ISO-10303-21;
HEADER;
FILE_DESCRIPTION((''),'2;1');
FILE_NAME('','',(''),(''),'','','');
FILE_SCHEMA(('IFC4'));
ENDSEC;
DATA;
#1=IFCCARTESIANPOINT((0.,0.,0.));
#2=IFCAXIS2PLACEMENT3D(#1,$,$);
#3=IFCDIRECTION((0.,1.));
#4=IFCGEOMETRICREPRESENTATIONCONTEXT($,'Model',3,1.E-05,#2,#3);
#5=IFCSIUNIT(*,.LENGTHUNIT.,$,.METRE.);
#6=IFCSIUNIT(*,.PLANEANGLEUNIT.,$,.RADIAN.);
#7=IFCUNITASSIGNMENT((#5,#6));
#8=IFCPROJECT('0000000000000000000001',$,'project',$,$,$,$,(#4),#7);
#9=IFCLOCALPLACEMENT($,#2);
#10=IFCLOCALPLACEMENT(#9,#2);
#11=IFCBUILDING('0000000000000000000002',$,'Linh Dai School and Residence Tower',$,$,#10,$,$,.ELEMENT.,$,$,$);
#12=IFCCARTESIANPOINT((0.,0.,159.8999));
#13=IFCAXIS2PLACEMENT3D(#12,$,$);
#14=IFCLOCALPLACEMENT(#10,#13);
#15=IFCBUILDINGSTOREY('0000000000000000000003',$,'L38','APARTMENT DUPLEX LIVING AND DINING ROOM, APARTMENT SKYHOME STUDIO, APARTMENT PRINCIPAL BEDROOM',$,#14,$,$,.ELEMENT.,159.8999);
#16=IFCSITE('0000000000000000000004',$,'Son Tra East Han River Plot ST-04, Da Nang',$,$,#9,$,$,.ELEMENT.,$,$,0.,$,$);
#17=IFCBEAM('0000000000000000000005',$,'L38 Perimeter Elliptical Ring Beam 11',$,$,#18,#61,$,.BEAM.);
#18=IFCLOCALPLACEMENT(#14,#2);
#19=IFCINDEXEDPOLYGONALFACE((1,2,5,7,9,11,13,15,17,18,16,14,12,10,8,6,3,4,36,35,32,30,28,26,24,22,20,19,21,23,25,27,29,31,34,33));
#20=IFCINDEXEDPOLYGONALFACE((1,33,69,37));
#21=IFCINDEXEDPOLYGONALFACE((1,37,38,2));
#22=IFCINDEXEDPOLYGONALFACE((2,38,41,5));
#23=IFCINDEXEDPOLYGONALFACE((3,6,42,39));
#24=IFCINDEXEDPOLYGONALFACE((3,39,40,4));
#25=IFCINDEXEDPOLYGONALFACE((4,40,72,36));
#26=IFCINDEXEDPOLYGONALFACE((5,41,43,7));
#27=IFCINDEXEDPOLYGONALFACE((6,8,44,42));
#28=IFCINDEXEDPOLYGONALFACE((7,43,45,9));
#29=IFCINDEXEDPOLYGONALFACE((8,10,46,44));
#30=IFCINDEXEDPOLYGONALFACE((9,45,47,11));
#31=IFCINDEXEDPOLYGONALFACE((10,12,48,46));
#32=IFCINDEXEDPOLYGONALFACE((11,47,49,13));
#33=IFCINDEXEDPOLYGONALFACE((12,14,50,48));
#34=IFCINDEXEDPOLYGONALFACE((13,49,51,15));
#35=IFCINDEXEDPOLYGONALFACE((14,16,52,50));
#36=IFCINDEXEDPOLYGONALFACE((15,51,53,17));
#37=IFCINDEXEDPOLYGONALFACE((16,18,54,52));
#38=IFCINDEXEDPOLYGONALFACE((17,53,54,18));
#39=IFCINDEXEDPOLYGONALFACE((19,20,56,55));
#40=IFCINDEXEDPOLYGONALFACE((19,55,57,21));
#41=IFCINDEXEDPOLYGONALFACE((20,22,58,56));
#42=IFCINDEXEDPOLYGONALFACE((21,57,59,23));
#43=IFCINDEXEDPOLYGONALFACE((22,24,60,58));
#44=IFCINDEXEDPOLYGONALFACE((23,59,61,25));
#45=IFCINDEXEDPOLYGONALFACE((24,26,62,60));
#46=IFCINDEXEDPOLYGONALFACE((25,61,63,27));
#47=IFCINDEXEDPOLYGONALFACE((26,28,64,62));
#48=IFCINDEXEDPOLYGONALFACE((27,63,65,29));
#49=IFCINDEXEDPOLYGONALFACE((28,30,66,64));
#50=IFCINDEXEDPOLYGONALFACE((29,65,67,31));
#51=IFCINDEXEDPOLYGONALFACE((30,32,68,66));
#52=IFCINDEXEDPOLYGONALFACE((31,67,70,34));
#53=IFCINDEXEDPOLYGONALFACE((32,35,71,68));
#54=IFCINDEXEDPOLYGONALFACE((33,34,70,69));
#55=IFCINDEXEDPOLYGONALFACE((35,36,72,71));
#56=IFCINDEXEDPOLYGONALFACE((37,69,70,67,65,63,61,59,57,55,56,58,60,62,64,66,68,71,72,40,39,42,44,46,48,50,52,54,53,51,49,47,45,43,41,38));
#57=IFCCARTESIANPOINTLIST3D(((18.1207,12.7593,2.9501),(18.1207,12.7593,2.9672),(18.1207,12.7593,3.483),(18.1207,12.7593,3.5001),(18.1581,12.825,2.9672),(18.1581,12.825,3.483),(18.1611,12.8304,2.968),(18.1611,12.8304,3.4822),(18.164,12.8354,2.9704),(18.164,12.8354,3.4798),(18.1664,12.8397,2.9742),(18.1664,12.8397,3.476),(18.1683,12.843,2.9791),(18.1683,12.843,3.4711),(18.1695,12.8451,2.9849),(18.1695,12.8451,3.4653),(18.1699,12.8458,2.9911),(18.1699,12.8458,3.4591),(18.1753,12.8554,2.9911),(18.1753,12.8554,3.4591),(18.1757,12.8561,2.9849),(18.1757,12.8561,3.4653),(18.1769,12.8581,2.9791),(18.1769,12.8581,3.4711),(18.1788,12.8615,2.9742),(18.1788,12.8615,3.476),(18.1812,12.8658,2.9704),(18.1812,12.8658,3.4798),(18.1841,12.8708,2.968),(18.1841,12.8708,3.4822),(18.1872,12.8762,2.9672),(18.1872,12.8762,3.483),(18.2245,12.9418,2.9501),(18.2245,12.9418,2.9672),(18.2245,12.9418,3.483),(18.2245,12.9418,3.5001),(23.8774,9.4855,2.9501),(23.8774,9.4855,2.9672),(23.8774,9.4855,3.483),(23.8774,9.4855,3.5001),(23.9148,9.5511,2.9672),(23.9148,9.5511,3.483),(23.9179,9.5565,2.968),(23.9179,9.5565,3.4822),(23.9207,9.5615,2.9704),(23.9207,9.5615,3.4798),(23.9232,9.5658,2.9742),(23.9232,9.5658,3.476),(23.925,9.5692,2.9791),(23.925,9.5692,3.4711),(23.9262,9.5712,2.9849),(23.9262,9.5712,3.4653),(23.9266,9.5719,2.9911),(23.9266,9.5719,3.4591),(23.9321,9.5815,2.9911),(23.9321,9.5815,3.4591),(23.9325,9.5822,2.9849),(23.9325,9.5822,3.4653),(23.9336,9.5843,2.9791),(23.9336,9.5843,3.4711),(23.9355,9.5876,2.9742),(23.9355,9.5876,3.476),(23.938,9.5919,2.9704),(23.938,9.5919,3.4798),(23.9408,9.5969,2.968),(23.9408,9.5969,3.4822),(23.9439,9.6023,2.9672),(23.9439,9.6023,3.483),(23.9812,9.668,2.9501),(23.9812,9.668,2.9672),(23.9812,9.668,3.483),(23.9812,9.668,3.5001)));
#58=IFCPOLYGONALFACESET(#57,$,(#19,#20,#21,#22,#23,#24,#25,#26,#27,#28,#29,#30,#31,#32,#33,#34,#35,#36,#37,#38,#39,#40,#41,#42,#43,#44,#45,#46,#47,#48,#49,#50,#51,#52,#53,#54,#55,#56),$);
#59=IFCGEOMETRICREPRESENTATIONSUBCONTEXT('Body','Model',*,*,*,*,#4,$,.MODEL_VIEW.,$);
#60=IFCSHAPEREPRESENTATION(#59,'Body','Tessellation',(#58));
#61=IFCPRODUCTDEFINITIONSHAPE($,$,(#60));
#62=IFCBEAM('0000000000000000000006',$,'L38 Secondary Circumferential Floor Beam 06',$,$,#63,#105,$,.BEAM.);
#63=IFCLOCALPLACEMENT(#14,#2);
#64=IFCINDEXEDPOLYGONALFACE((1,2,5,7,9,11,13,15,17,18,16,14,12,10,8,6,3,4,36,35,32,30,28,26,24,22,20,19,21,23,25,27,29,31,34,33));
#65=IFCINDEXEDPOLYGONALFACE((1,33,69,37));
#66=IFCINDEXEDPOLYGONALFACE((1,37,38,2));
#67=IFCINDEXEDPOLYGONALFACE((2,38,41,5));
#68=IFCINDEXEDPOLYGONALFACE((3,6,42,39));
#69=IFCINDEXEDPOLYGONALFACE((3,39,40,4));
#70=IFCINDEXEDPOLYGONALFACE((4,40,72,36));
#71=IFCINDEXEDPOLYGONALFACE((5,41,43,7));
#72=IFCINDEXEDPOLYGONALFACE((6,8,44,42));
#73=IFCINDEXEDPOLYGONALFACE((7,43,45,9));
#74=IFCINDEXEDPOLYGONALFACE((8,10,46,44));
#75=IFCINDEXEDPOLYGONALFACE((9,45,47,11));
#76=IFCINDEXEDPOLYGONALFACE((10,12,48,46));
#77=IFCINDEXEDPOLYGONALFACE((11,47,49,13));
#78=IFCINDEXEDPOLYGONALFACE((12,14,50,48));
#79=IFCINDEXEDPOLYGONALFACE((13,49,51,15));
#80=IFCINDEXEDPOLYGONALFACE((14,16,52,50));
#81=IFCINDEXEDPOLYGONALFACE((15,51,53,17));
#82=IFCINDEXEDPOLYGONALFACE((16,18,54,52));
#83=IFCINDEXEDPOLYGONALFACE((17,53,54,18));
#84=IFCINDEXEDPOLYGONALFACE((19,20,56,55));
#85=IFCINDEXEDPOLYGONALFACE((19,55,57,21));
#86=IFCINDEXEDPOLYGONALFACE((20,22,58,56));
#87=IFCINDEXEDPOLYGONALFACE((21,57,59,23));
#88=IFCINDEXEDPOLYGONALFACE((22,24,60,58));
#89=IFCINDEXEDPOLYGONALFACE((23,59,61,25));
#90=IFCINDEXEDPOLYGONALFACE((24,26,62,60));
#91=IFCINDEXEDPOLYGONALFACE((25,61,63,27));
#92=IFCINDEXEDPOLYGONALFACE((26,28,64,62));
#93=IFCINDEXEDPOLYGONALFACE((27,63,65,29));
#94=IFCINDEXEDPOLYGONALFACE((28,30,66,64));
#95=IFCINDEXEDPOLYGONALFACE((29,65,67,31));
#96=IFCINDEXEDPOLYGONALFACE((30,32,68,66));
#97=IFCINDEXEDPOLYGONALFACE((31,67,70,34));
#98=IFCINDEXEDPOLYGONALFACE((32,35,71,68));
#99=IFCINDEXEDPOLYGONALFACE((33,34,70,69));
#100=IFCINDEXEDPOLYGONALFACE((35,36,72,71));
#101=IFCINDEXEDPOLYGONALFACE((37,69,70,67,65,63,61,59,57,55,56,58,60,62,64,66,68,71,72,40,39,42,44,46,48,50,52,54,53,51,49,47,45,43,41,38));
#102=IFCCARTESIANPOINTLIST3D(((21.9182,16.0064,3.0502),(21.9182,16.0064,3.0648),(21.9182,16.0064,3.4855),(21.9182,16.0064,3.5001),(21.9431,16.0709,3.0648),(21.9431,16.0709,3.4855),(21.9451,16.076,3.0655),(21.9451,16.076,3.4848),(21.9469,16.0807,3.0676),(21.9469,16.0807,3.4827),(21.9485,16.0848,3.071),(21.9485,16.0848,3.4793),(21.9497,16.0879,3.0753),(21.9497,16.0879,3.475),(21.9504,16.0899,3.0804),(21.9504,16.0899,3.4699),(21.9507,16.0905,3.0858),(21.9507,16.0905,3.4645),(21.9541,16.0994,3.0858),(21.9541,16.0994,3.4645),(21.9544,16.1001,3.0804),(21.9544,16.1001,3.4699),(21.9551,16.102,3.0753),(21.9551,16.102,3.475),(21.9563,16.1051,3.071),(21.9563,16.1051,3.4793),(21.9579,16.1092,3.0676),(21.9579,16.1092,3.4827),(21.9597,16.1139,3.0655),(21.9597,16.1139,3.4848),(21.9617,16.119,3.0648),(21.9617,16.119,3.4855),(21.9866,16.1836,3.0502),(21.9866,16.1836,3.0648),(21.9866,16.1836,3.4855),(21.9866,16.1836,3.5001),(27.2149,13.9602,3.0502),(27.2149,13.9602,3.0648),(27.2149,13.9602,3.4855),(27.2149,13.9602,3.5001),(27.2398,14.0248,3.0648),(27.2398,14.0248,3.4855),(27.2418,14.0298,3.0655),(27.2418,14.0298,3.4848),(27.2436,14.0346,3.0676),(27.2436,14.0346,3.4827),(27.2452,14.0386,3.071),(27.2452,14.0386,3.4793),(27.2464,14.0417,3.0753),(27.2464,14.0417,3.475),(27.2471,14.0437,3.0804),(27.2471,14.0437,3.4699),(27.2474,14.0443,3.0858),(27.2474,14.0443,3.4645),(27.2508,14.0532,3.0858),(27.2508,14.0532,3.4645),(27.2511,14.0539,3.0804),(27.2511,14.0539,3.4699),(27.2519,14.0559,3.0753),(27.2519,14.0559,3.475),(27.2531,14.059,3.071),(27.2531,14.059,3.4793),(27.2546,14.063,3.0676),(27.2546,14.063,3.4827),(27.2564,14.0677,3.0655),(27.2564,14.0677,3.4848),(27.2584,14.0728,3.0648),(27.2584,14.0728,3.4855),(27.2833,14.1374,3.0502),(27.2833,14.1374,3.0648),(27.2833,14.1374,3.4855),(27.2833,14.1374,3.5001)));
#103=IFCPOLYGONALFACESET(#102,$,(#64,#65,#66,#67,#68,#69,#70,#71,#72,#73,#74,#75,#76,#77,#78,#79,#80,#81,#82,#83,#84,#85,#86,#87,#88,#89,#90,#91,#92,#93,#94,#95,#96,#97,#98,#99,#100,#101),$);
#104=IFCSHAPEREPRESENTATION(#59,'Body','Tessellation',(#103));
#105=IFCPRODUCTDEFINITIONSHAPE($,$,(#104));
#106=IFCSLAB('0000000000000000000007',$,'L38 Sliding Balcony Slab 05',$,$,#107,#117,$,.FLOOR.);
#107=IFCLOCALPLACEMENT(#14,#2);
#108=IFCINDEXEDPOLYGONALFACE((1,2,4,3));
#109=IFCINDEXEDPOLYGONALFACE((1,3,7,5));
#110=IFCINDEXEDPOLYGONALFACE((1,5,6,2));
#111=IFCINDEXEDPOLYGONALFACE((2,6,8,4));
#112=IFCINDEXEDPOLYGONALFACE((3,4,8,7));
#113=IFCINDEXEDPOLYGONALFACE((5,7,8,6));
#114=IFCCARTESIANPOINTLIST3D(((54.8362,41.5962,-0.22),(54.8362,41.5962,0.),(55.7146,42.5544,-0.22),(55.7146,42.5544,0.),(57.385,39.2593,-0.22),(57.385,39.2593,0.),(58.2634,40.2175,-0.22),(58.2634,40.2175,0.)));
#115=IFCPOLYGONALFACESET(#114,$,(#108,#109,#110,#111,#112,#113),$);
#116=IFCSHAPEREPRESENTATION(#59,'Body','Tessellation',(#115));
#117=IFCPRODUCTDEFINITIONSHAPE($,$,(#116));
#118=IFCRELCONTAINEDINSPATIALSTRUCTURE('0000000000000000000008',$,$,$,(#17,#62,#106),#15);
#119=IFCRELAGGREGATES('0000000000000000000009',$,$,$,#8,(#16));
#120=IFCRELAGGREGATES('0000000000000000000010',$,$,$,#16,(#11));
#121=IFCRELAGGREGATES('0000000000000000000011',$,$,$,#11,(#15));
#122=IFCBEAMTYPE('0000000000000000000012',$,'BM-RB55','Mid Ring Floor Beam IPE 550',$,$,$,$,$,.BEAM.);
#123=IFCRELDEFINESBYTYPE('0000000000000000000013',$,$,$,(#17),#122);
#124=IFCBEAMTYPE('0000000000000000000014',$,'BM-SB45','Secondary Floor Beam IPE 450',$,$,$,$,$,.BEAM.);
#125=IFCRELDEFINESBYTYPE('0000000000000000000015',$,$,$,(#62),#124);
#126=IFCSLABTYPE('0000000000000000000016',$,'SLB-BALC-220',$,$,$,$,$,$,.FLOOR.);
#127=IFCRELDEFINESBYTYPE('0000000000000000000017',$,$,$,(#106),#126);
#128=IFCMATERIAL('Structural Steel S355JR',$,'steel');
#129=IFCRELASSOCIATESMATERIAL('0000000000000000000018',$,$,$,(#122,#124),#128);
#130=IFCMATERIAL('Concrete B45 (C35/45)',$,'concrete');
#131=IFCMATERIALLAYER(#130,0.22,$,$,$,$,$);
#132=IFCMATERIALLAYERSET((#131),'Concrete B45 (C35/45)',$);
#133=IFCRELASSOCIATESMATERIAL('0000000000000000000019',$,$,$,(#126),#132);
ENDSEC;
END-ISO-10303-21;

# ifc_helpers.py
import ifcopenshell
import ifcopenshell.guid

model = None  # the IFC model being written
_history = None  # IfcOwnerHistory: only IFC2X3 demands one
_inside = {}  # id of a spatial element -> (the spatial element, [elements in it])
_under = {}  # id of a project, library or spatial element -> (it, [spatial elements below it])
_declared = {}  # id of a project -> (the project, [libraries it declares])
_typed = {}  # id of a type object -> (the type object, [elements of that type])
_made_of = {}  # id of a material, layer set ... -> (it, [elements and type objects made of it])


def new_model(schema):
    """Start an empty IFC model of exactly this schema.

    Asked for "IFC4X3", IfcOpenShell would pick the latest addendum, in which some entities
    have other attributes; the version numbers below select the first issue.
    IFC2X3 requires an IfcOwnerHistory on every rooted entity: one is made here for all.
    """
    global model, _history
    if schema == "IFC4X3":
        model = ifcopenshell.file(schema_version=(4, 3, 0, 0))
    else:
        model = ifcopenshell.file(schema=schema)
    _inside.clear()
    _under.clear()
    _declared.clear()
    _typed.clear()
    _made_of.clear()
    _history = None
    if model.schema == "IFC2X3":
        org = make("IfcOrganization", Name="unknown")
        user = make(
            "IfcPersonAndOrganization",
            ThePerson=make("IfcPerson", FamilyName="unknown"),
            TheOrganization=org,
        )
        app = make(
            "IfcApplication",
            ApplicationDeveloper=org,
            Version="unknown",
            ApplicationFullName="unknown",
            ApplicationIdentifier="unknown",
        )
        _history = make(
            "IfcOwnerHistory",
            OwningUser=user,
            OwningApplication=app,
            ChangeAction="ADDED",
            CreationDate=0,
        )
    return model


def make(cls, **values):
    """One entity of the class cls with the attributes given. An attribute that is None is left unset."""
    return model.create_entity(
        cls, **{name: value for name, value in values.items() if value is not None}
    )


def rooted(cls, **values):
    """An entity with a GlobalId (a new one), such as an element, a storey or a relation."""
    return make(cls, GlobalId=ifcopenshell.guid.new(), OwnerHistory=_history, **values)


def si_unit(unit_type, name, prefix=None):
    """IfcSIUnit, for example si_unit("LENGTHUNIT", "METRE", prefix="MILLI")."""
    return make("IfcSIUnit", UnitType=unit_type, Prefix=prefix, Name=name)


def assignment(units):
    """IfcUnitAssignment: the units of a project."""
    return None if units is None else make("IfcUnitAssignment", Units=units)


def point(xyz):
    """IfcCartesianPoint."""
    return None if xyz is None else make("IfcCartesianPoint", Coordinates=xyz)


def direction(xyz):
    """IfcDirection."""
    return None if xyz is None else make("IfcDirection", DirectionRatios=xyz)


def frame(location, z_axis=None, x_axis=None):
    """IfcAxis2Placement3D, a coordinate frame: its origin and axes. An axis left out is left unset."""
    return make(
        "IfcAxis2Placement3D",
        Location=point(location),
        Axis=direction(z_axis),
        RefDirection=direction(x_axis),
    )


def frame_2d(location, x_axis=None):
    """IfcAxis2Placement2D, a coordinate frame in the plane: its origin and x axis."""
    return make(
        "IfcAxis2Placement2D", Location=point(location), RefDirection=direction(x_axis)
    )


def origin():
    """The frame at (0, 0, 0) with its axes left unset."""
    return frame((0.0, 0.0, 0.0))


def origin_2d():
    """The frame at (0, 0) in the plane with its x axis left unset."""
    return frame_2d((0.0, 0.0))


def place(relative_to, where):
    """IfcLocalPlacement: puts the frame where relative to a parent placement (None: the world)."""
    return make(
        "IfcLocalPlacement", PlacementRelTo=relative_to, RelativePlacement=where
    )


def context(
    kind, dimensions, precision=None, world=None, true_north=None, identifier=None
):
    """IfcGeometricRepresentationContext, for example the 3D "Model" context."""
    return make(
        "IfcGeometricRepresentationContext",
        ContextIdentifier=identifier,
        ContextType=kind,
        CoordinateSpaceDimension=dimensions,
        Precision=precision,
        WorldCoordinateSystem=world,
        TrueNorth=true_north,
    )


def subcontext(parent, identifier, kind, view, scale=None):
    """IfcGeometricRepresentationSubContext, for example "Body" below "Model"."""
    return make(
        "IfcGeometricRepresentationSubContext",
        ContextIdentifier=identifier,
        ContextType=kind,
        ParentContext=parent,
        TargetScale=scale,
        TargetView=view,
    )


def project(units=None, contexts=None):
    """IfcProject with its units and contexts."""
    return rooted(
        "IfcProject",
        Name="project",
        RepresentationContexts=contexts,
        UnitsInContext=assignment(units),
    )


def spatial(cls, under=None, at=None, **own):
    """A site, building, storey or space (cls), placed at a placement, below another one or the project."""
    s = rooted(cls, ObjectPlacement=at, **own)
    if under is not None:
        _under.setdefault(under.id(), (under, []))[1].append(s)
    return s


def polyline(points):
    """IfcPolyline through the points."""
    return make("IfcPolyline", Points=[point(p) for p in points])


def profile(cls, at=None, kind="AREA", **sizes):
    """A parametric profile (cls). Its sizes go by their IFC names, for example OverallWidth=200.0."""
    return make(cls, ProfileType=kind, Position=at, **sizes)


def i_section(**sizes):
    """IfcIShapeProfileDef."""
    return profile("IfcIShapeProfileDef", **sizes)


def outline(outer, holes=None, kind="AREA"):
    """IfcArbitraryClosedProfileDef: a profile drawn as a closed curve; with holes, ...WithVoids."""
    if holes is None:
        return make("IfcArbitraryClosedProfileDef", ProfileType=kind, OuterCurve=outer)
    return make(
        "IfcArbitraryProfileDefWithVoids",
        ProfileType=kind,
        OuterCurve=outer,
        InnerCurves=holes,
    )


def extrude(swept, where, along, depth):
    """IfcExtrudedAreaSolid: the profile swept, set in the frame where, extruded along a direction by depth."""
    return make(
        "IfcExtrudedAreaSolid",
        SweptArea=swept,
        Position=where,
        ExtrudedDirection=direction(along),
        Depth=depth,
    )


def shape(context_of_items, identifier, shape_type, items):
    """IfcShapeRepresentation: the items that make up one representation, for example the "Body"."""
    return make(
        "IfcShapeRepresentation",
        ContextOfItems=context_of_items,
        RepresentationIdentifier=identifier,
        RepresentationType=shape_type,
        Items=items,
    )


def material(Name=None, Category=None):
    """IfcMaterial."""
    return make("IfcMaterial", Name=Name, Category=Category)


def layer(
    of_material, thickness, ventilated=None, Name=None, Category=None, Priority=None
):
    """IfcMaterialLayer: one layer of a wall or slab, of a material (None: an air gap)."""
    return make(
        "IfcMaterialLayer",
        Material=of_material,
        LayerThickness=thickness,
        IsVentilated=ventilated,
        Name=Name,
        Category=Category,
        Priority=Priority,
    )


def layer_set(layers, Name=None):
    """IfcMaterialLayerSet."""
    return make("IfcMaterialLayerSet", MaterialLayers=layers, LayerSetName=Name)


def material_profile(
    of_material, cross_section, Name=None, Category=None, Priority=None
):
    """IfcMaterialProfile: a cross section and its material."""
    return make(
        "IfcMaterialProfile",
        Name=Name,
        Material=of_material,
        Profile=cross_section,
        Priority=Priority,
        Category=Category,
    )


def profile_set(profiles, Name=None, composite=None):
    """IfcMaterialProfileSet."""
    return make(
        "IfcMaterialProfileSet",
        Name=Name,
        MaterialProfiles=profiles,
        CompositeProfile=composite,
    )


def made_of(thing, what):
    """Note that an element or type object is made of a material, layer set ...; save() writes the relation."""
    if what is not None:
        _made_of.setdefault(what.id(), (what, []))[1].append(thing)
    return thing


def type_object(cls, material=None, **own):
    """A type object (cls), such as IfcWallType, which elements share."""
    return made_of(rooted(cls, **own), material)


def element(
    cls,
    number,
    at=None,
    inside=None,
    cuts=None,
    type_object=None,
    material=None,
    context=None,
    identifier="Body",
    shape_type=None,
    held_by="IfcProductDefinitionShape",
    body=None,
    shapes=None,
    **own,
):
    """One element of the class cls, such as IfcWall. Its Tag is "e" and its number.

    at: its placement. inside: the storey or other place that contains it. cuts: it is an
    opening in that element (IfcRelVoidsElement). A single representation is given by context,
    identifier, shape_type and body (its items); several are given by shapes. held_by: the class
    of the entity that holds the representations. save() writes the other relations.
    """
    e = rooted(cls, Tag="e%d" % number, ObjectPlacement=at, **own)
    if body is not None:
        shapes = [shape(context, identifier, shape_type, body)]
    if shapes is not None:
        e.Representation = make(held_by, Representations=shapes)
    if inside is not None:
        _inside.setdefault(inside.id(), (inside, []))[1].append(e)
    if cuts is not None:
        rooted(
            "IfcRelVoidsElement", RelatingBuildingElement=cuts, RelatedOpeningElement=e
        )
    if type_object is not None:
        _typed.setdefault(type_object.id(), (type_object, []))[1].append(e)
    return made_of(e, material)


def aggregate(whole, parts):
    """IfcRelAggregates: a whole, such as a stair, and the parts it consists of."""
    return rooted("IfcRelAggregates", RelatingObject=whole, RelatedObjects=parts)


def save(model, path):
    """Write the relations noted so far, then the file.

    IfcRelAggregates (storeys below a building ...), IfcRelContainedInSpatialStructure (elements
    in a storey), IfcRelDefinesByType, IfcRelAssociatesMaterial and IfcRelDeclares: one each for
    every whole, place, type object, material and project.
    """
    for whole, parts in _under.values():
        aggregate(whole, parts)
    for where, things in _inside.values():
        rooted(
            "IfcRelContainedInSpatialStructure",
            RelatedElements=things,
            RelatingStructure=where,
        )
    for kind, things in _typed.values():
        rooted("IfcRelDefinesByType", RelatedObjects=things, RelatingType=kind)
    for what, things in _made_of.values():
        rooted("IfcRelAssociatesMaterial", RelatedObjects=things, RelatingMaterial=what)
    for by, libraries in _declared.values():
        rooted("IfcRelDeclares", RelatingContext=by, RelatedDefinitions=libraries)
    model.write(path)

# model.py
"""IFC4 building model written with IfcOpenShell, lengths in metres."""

from ifc_helpers import new_model, si_unit, direction, frame, origin, origin_2d, place, context, subcontext, project, spatial, polyline, i_section, outline, extrude, material, layer, layer_set, material_profile, profile_set, type_object, element, save


model = new_model("IFC4")

# Units and contexts
model_context = context("Model", 3, precision=1e-05, world=origin(), true_north=direction((0.0, 1.0)))
body_context = subcontext(model_context, "Body", "Model", "MODEL_VIEW")
ifc_project = project(units=[si_unit("LENGTHUNIT", "METRE"), si_unit("PLANEANGLEUNIT", "RADIAN")], contexts=[model_context])

# Site, building, storey
site_placement = place(None, origin())
site = spatial("IfcSite", under=ifc_project, at=site_placement, Name="Son Tra East Han River Plot ST-04, Da Nang", CompositionType="ELEMENT", RefElevation=0.0)
building_placement = place(site_placement, origin())
building = spatial("IfcBuilding", under=site, at=building_placement, Name="Linh Dai School and Residence Tower", CompositionType="ELEMENT")
storey_placement = place(building_placement, frame((0.0, 0.0, 159.8999)))
storey = spatial("IfcBuildingStorey", under=building, at=storey_placement, Name="L38", Description="APARTMENT DUPLEX LIVING AND DINING ROOM, APARTMENT SKYHOME STUDIO, APARTMENT PRINCIPAL BEDROOM", CompositionType="ELEMENT", Elevation=159.8999)

# Shared definitions
ifc_material_1 = material(Name="Structural Steel S355JR", Category="steel")

# Beams
ifc_material_profile_1 = material_profile(ifc_material_1, i_section(OverallWidth=0.21, OverallDepth=0.55, WebThickness=0.011, FlangeThickness=0.0171, FilletRadius=0.0239, at=origin_2d()), Name="IPE 550")
ifc_profile_set_1 = profile_set([ifc_material_profile_1], Name="Structural Steel S355JR")
beam_type_1 = type_object("IfcBeamType", Name="BM-RB55", Description="Mid Ring Floor Beam IPE 550", PredefinedType="BEAM", material=ifc_profile_set_1)
beam_1_placement = place(storey_placement, frame((18.1726, 12.8506, 3.2251), z_axis=(0.869262, -0.494351, 0.0), x_axis=(0.494351, 0.869262, 0.0)))
element("IfcBeam", 1, at=beam_1_placement, inside=storey, type_object=beam_type_1, Name="L38 Perimeter Elliptical Ring Beam 11", PredefinedType="BEAM", context=body_context, shape_type="SweptSolid", body=[
    extrude(i_section(OverallWidth=0.21, OverallDepth=0.55, WebThickness=0.011, FlangeThickness=0.0171, FilletRadius=0.0239, at=origin_2d()), origin(), (0.0, 0.0, 1.0), 6.6226),
])
ifc_material_profile_2 = material_profile(ifc_material_1, i_section(OverallWidth=0.1899, OverallDepth=0.45, WebThickness=0.0095, FlangeThickness=0.0146, FilletRadius=0.021, at=origin_2d()), Name="IPE 450")
ifc_profile_set_2 = profile_set([ifc_material_profile_2], Name="Structural Steel S355JR")
beam_type_2 = type_object("IfcBeamType", Name="BM-SB45", Description="Secondary Floor Beam IPE 450", PredefinedType="BEAM", material=ifc_profile_set_2)
beam_2_placement = place(storey_placement, frame((21.9524, 16.095, 3.2751), z_axis=(0.932815, -0.360356, 0.0), x_axis=(0.360356, 0.932815, 0.0)))
element("IfcBeam", 2, at=beam_2_placement, inside=storey, type_object=beam_type_2, Name="L38 Secondary Circumferential Floor Beam 06", PredefinedType="BEAM", context=body_context, shape_type="SweptSolid", body=[
    extrude(i_section(OverallWidth=0.1899, OverallDepth=0.45, WebThickness=0.0095, FlangeThickness=0.0146, FilletRadius=0.021, at=origin_2d()), origin(), (0.0, 0.0, 1.0), 5.6782),
])

# Slab
ifc_material_2 = material(Name="Concrete B45 (C35/45)", Category="concrete")
ifc_layer_1 = layer(ifc_material_2, 0.22)
ifc_layer_set_1 = layer_set([ifc_layer_1], Name="Concrete B45 (C35/45)")
slab_type_1 = type_object("IfcSlabType", Name="SLB-BALC-220", PredefinedType="FLOOR", material=ifc_layer_set_1)
slab_1_placement = place(storey_placement, frame((0.0, 0.0, -0.22)))
element("IfcSlab", 3, at=slab_1_placement, inside=storey, type_object=slab_type_1, Name="L38 Sliding Balcony Slab 05", PredefinedType="FLOOR", context=body_context, shape_type="SweptSolid", body=[
    extrude(outline(polyline([(54.8362, 41.5962), (57.385, 39.2593), (58.2634, 40.2175), (55.7146, 42.5544), (54.8362, 41.5962)])), origin(), (0.0, 0.0, 1.0), 0.22),
])

save(model, "model.ifc")
